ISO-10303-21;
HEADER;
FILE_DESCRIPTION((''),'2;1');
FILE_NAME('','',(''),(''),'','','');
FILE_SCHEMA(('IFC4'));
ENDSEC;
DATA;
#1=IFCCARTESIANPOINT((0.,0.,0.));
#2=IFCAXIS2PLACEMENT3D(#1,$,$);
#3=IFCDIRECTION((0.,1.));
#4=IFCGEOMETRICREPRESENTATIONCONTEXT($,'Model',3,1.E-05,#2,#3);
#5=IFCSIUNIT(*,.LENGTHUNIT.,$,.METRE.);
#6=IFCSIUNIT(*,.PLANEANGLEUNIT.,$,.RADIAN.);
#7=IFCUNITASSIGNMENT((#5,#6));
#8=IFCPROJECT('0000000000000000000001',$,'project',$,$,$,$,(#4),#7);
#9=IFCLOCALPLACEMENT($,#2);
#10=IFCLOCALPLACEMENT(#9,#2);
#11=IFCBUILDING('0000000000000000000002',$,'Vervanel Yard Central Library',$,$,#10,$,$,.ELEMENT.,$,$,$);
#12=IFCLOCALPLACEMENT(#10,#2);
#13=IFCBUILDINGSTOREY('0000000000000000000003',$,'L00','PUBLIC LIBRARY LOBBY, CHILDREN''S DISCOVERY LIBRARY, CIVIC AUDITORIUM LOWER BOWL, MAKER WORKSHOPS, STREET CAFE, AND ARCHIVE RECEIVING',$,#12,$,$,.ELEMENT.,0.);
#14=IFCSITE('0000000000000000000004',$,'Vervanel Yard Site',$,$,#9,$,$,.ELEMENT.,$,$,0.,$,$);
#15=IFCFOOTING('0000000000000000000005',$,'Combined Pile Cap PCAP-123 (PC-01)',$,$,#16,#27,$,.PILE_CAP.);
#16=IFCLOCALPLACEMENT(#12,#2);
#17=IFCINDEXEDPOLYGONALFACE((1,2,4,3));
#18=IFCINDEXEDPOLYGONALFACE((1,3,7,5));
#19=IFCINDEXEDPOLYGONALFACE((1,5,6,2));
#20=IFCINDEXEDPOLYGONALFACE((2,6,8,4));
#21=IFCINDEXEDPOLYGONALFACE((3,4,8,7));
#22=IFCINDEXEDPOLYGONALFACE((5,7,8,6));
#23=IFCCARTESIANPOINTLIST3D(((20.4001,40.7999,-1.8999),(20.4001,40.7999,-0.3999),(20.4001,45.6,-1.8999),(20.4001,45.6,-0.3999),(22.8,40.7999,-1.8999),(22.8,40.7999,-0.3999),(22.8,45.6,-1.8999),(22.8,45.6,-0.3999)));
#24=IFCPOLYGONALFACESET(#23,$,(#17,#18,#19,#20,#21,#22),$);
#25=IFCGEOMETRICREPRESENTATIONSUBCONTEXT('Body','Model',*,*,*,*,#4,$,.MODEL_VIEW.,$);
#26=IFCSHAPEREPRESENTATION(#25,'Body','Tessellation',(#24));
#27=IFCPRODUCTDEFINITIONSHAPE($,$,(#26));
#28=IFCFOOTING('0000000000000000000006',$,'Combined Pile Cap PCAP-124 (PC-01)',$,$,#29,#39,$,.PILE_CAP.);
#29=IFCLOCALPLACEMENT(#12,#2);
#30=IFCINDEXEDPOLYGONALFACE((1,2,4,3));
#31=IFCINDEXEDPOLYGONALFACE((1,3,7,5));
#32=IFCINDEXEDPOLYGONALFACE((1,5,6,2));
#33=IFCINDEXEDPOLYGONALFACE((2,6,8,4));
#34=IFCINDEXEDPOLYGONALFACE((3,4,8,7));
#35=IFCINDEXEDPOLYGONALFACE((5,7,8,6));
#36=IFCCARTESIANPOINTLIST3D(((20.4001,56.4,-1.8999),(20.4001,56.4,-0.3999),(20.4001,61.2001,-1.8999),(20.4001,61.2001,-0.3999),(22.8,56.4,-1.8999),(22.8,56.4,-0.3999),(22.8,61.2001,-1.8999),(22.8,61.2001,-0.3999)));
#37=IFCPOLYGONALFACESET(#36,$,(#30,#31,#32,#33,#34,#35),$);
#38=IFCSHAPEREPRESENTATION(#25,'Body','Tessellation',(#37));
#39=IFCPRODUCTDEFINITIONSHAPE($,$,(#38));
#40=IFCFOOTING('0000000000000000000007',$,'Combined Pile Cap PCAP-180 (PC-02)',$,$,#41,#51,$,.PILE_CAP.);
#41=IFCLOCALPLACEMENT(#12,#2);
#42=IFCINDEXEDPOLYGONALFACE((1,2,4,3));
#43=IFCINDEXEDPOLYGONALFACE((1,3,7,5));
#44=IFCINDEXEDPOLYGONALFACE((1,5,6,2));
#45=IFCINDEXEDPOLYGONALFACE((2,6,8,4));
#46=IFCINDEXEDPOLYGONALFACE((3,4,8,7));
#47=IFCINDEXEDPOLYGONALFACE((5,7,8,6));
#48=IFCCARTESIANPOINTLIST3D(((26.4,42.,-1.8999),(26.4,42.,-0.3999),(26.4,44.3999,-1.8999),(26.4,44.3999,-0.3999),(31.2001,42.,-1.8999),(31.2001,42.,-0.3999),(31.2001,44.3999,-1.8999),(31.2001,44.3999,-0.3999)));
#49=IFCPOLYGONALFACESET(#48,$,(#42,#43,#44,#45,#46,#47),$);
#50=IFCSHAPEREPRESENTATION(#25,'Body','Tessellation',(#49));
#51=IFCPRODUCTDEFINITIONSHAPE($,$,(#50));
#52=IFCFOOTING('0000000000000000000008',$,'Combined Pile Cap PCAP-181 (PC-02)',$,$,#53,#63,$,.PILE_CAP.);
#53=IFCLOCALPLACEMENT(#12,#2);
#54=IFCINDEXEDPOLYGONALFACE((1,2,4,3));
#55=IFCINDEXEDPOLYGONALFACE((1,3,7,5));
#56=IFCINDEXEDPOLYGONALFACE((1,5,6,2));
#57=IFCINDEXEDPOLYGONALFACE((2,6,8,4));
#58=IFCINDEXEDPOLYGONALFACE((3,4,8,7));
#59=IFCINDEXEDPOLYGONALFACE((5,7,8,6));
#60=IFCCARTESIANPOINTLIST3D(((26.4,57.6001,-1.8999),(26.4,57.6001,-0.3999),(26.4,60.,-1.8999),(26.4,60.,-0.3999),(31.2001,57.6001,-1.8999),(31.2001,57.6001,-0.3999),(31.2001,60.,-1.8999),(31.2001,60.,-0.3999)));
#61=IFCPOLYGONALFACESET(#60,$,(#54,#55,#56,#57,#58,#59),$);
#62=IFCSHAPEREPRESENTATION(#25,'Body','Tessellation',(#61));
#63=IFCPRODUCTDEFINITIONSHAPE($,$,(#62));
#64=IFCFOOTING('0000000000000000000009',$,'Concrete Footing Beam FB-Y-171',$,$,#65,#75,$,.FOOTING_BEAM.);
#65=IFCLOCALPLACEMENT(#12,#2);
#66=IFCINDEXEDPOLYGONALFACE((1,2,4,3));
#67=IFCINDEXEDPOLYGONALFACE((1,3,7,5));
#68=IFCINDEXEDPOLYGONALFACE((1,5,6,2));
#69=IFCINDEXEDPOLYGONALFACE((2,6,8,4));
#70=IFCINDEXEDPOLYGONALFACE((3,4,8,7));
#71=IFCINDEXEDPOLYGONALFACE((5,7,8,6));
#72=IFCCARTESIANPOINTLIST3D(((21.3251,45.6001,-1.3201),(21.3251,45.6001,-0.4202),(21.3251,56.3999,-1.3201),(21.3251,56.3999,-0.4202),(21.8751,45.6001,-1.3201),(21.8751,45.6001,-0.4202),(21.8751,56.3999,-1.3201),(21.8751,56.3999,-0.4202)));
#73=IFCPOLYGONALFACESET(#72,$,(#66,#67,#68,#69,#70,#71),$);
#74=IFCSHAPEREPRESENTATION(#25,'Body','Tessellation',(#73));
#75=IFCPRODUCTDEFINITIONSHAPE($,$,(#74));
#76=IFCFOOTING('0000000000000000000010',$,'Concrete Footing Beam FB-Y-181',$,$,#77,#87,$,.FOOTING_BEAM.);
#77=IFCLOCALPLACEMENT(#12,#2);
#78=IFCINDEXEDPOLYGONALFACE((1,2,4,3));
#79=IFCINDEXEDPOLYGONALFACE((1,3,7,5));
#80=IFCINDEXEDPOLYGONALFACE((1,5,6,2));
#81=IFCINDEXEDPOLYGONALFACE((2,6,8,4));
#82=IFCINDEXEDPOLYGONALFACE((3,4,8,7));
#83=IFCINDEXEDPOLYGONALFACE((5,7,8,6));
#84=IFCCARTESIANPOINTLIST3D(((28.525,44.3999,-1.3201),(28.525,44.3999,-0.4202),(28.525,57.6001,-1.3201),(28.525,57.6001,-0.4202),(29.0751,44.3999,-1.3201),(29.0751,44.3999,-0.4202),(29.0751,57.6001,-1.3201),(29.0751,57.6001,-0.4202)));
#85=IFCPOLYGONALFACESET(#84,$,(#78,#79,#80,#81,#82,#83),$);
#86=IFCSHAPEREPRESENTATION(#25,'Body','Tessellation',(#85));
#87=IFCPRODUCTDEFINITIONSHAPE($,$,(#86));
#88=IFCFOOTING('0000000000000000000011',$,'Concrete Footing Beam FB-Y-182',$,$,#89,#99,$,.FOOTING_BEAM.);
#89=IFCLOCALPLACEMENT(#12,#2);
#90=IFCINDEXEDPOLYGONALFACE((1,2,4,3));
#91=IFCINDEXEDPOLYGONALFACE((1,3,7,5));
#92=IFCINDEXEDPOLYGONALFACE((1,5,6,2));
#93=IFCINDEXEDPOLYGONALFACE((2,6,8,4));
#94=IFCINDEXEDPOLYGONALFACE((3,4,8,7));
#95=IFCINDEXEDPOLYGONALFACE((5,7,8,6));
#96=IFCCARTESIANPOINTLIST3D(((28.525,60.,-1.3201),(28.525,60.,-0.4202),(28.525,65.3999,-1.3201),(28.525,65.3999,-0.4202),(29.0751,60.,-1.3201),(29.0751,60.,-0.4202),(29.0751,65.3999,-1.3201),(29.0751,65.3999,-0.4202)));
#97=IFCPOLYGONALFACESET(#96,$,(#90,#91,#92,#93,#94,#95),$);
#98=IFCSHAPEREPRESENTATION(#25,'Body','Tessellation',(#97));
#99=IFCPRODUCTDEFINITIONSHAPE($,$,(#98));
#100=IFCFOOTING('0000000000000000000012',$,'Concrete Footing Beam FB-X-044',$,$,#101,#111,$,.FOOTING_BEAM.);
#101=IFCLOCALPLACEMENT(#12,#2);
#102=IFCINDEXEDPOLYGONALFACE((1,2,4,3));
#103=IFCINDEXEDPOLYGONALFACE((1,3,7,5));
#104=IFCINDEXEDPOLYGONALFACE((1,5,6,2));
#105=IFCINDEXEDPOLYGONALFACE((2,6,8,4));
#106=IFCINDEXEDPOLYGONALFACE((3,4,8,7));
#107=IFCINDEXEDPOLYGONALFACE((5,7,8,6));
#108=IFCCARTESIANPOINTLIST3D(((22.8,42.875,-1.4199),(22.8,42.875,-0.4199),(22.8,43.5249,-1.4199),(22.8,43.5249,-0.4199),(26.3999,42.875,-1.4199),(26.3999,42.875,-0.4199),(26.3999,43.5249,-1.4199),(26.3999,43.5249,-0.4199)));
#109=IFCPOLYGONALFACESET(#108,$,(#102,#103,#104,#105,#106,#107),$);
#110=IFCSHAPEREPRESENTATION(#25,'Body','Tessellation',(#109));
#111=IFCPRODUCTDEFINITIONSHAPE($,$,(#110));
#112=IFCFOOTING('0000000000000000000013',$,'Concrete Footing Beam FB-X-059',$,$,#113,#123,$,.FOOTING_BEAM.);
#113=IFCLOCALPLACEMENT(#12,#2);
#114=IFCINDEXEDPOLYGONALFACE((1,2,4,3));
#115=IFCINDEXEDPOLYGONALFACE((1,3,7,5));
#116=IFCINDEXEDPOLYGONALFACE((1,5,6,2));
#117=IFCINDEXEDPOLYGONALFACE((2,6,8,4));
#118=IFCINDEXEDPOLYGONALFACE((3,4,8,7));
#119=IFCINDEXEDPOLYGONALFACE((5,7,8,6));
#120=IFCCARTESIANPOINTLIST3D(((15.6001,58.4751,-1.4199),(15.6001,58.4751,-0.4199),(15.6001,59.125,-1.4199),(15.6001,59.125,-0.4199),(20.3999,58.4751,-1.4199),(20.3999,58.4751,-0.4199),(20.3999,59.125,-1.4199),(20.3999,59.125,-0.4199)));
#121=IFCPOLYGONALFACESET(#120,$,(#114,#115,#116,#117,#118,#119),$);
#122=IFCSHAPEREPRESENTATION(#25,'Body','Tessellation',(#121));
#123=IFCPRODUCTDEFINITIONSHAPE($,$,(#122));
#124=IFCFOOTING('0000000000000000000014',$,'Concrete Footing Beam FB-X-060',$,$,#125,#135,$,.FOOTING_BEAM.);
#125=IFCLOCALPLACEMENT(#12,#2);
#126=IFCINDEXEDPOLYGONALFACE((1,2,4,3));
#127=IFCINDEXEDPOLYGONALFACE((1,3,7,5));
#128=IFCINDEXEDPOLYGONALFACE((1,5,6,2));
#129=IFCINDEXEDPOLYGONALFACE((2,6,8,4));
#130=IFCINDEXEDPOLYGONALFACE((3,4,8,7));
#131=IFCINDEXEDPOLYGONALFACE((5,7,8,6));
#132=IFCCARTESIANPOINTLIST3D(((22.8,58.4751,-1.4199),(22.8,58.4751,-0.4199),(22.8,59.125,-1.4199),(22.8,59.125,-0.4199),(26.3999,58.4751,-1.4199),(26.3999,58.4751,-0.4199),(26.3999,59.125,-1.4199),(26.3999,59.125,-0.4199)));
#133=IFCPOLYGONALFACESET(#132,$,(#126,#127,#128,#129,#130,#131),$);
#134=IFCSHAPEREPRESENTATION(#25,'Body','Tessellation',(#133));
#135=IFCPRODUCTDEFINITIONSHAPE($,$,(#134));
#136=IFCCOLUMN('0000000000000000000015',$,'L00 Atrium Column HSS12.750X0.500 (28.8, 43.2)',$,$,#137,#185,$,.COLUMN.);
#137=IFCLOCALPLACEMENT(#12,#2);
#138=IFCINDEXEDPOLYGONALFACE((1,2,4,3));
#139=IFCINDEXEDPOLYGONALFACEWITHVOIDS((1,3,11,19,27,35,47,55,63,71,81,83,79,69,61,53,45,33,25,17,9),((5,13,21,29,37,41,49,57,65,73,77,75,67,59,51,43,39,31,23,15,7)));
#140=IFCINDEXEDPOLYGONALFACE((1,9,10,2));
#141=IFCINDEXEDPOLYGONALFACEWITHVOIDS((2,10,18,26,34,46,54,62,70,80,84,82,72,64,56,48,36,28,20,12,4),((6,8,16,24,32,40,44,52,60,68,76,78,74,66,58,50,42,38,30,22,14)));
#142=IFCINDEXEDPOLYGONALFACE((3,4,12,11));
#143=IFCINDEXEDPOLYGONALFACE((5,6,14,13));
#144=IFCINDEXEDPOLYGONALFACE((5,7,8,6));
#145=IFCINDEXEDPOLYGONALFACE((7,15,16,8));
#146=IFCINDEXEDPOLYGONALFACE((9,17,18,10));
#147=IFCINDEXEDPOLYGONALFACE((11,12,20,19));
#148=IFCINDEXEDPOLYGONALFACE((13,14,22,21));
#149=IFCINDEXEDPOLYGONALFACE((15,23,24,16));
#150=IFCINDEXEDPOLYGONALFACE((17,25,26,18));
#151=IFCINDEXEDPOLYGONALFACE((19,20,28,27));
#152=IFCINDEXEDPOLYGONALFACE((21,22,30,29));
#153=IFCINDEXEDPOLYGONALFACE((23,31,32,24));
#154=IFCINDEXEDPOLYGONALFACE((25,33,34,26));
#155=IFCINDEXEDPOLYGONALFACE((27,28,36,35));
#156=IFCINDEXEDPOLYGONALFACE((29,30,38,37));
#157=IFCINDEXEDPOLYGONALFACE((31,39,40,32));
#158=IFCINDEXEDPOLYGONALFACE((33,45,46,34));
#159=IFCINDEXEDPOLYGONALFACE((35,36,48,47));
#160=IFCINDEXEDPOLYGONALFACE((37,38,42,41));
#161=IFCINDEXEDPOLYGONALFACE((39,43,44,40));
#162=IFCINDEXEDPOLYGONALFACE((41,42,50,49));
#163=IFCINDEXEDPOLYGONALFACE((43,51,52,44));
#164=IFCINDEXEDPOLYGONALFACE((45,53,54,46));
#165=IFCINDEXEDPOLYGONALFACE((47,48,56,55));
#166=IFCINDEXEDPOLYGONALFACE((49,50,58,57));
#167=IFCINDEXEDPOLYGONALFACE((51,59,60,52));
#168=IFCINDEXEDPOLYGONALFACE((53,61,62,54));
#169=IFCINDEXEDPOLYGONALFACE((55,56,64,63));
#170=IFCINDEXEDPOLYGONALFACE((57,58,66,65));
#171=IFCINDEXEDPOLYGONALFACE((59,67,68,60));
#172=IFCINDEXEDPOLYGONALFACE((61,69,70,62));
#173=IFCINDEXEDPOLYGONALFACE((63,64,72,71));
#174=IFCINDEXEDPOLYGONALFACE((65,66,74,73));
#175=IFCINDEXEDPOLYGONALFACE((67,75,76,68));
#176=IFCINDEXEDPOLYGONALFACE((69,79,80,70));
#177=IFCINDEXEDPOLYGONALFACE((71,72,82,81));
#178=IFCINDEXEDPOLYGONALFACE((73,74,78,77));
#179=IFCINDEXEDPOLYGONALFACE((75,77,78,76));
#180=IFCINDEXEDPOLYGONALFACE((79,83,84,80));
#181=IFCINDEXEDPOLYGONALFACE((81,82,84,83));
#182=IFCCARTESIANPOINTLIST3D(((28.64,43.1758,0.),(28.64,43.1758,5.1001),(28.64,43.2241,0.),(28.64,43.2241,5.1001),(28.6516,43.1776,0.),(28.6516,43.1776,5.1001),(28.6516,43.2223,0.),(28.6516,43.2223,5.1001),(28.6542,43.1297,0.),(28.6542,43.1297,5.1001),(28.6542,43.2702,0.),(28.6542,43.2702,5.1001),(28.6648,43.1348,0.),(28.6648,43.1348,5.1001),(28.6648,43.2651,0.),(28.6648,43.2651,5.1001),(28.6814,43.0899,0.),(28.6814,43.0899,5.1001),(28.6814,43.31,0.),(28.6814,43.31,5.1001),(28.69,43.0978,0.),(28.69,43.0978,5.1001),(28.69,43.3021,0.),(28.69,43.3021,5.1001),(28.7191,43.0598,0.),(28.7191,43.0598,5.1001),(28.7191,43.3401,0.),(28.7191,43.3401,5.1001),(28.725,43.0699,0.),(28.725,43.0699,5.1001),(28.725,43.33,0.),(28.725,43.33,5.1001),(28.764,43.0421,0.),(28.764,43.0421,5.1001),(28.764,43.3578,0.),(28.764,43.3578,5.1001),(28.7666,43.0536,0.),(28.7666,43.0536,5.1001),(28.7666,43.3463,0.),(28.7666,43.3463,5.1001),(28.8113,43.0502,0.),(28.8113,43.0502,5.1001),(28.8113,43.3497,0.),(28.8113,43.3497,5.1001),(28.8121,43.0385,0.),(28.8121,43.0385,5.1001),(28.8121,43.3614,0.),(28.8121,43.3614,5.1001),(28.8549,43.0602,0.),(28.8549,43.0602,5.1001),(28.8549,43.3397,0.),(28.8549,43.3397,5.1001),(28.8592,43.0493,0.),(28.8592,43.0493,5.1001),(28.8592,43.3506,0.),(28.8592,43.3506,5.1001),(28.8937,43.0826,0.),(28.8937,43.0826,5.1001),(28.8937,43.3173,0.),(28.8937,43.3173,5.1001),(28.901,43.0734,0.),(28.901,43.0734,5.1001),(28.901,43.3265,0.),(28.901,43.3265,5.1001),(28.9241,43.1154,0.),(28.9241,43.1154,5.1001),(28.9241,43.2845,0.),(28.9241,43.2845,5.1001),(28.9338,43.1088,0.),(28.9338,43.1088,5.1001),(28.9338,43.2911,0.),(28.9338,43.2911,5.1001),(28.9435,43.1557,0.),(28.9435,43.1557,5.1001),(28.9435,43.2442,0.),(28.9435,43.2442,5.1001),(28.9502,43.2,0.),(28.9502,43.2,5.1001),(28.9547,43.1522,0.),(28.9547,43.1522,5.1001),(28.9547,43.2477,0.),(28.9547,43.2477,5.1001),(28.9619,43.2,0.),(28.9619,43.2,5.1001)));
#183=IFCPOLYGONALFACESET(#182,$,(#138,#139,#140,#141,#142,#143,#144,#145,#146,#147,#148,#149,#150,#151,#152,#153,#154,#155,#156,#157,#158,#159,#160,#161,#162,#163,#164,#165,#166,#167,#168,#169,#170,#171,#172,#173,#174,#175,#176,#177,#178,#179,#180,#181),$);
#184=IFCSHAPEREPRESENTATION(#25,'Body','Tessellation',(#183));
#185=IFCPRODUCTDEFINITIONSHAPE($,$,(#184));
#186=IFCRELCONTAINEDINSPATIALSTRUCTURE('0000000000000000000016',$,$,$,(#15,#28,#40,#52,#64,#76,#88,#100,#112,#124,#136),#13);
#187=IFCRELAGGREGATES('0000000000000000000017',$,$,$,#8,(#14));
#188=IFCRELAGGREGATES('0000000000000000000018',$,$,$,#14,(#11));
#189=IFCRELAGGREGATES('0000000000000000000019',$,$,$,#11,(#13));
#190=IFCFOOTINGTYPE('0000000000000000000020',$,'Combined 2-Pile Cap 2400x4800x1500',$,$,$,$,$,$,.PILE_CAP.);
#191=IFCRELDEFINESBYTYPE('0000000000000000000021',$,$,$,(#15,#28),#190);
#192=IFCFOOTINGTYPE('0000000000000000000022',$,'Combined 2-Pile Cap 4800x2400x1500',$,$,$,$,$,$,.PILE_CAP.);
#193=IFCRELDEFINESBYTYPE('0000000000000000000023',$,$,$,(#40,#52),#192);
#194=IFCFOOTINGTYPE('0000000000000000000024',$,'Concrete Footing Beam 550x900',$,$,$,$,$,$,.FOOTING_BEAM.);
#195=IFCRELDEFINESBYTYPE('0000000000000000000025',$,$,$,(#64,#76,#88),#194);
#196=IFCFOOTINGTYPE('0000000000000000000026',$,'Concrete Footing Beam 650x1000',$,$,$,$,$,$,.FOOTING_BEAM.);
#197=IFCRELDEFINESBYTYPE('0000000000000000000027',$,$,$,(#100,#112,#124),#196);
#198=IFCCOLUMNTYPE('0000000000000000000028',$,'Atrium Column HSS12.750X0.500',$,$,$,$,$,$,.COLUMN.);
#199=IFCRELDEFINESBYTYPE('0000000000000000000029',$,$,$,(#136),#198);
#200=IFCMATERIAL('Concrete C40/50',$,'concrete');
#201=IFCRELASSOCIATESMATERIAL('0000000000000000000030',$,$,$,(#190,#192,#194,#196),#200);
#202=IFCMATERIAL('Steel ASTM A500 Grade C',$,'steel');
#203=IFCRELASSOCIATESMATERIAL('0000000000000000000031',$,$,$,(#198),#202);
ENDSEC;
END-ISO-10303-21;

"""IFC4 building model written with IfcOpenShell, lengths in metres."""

from ifc_helpers import new_model, si_unit, direction, frame, origin, origin_2d, place, context, subcontext, project, spatial, rectangle, hollow_circle, extrude, material, material_profile, profile_set, type_object, element, save


model = new_model("IFC4")

# Units and contexts
model_context = context("Model", 3, precision=1e-05, world=origin(), true_north=direction((0.0, 1.0)))
body_context = subcontext(model_context, "Body", "Model", "MODEL_VIEW")
ifc_project = project(units=[si_unit("LENGTHUNIT", "METRE"), si_unit("PLANEANGLEUNIT", "RADIAN")], contexts=[model_context])

# Site, building, storey
site_placement = place(None, origin())
site = spatial("IfcSite", under=ifc_project, at=site_placement, Name="Vervanel Yard Site", CompositionType="ELEMENT", RefElevation=0.0)
building_placement = place(site_placement, origin())
building = spatial("IfcBuilding", under=site, at=building_placement, Name="Vervanel Yard Central Library", CompositionType="ELEMENT")
storey_placement = place(building_placement, origin())
storey = spatial("IfcBuildingStorey", under=building, at=storey_placement, Name="L00", Description="PUBLIC LIBRARY LOBBY, CHILDREN'S DISCOVERY LIBRARY, CIVIC AUDITORIUM LOWER BOWL, MAKER WORKSHOPS, STREET CAFE, AND ARCHIVE RECEIVING", CompositionType="ELEMENT", Elevation=0.0)

# Shared definitions
ifc_material_1 = material(Name="Concrete C40/50", Category="concrete")

# Footings
footing_type_1 = type_object("IfcFootingType", Name="Combined 2-Pile Cap 2400x4800x1500", PredefinedType="PILE_CAP", material=ifc_material_1)
for number, where, z_axis, x_axis, name in (
    (1, (21.6001, 43.2, -1.8999), (0.0, 0.0, 1.0), (1.0, 0.0, 0.0), "Combined Pile Cap PCAP-123 (PC-01)"),
    (2, (21.6001, 58.8, -1.8999), (0.0, 0.0, 1.0), (1.0, 0.0, 0.0), "Combined Pile Cap PCAP-124 (PC-01)"),
):
    element("IfcFooting", number, at=place(storey_placement, frame(where, z_axis=z_axis, x_axis=x_axis)), inside=storey, type_object=footing_type_1, Name=name, PredefinedType="PILE_CAP", context=body_context, shape_type="SweptSolid", body=[
        extrude(rectangle(XDim=2.3999, YDim=4.8, at=origin_2d()), origin(), (0.0, 0.0, 1.0), 1.5),
    ])
footing_type_2 = type_object("IfcFootingType", Name="Combined 2-Pile Cap 4800x2400x1500", PredefinedType="PILE_CAP", material=ifc_material_1)
for number, where, z_axis, x_axis, name in (
    (3, (28.8, 43.2, -1.8999), (0.0, 0.0, 1.0), (1.0, 0.0, 0.0), "Combined Pile Cap PCAP-180 (PC-02)"),
    (4, (28.8, 58.8, -1.8999), (0.0, 0.0, 1.0), (1.0, 0.0, 0.0), "Combined Pile Cap PCAP-181 (PC-02)"),
):
    element("IfcFooting", number, at=place(storey_placement, frame(where, z_axis=z_axis, x_axis=x_axis)), inside=storey, type_object=footing_type_2, Name=name, PredefinedType="PILE_CAP", context=body_context, shape_type="SweptSolid", body=[
        extrude(rectangle(XDim=4.8, YDim=2.3999, at=origin_2d()), origin(), (0.0, 0.0, 1.0), 1.5),
    ])
ifc_material_profile_1 = material_profile(ifc_material_1, rectangle(XDim=0.55, YDim=0.8999, at=origin_2d()), Name="RC 550x900", Category="concrete")
ifc_profile_set_1 = profile_set([ifc_material_profile_1], Name="Concrete C40/50")
footing_type_3 = type_object("IfcFootingType", Name="Concrete Footing Beam 550x900", PredefinedType="FOOTING_BEAM", material=ifc_profile_set_1)
footing_1_placement = place(storey_placement, frame((21.6001, 45.6001, -0.8701), z_axis=(0.0, 1.0, 0.0), x_axis=(-1.0, 0.0, 0.0)))
element("IfcFooting", 5, at=footing_1_placement, inside=storey, type_object=footing_type_3, Name="Concrete Footing Beam FB-Y-171", PredefinedType="FOOTING_BEAM", context=body_context, shape_type="SweptSolid", body=[
    extrude(rectangle(XDim=0.55, YDim=0.8999, at=origin_2d()), origin(), (0.0, 0.0, 1.0), 10.7998),
])
footing_2_placement = place(storey_placement, frame((28.8, 44.3999, -0.8701), z_axis=(0.0, 1.0, 0.0), x_axis=(-1.0, 0.0, 0.0)))
element("IfcFooting", 6, at=footing_2_placement, inside=storey, type_object=footing_type_3, Name="Concrete Footing Beam FB-Y-181", PredefinedType="FOOTING_BEAM", context=body_context, shape_type="SweptSolid", body=[
    extrude(rectangle(XDim=0.55, YDim=0.8999, at=origin_2d()), origin(), (0.0, 0.0, 1.0), 13.2002),
])
footing_3_placement = place(storey_placement, frame((28.8, 60.0, -0.8701), z_axis=(0.0, 1.0, 0.0), x_axis=(-1.0, 0.0, 0.0)))
element("IfcFooting", 7, at=footing_3_placement, inside=storey, type_object=footing_type_3, Name="Concrete Footing Beam FB-Y-182", PredefinedType="FOOTING_BEAM", context=body_context, shape_type="SweptSolid", body=[
    extrude(rectangle(XDim=0.55, YDim=0.8999, at=origin_2d()), origin(), (0.0, 0.0, 1.0), 5.3999),
])
ifc_material_profile_2 = material_profile(ifc_material_1, rectangle(XDim=0.6499, YDim=1.0, at=origin_2d()), Name="RC 650x1000", Category="concrete")
ifc_profile_set_2 = profile_set([ifc_material_profile_2], Name="Concrete C40/50")
footing_type_4 = type_object("IfcFootingType", Name="Concrete Footing Beam 650x1000", PredefinedType="FOOTING_BEAM", material=ifc_profile_set_2)
footing_4_placement = place(storey_placement, frame((22.8, 43.2, -0.9199), z_axis=(1.0, 0.0, 0.0), x_axis=(0.0, 1.0, 0.0)))
element("IfcFooting", 8, at=footing_4_placement, inside=storey, type_object=footing_type_4, Name="Concrete Footing Beam FB-X-044", PredefinedType="FOOTING_BEAM", context=body_context, shape_type="SweptSolid", body=[
    extrude(rectangle(XDim=0.6499, YDim=1.0, at=origin_2d()), origin(), (0.0, 0.0, 1.0), 3.5999),
])
footing_5_placement = place(storey_placement, frame((15.6001, 58.8, -0.9199), z_axis=(1.0, 0.0, 0.0), x_axis=(0.0, 1.0, 0.0)))
element("IfcFooting", 9, at=footing_5_placement, inside=storey, type_object=footing_type_4, Name="Concrete Footing Beam FB-X-059", PredefinedType="FOOTING_BEAM", context=body_context, shape_type="SweptSolid", body=[
    extrude(rectangle(XDim=0.6499, YDim=1.0, at=origin_2d()), origin(), (0.0, 0.0, 1.0), 4.7998),
])
footing_6_placement = place(storey_placement, frame((22.8, 58.8, -0.9199), z_axis=(1.0, 0.0, 0.0), x_axis=(0.0, 1.0, 0.0)))
element("IfcFooting", 10, at=footing_6_placement, inside=storey, type_object=footing_type_4, Name="Concrete Footing Beam FB-X-060", PredefinedType="FOOTING_BEAM", context=body_context, shape_type="SweptSolid", body=[
    extrude(rectangle(XDim=0.6499, YDim=1.0, at=origin_2d()), origin(), (0.0, 0.0, 1.0), 3.5999),
])

# Column
ifc_material_2 = material(Name="Steel ASTM A500 Grade C", Category="steel")
ifc_material_profile_3 = material_profile(ifc_material_2, hollow_circle(Radius=0.1619, WallThickness=0.0117, at=origin_2d()), Name="HSS12.750X0.500", Category="steel")
ifc_profile_set_3 = profile_set([ifc_material_profile_3], Name="Steel ASTM A500 Grade C")
column_type_1 = type_object("IfcColumnType", Name="Atrium Column HSS12.750X0.500", PredefinedType="COLUMN", material=ifc_profile_set_3)
for number, where, z_axis, x_axis, name in (
    (11, (28.8, 43.2, 0.0), (0.0, 0.0, 1.0), (1.0, 0.0, 0.0), "L00 Atrium Column HSS12.750X0.500 (28.8, 43.2)"),
):
    element("IfcColumn", number, at=place(storey_placement, frame(where, z_axis=z_axis, x_axis=x_axis)), inside=storey, type_object=column_type_1, Name=name, PredefinedType="COLUMN", context=body_context, shape_type="SweptSolid", body=[
        extrude(hollow_circle(Radius=0.1619, WallThickness=0.0117, at=origin_2d()), origin(), (0.0, 0.0, 1.0), 5.1001),
    ])

save(model, "model.ifc")
